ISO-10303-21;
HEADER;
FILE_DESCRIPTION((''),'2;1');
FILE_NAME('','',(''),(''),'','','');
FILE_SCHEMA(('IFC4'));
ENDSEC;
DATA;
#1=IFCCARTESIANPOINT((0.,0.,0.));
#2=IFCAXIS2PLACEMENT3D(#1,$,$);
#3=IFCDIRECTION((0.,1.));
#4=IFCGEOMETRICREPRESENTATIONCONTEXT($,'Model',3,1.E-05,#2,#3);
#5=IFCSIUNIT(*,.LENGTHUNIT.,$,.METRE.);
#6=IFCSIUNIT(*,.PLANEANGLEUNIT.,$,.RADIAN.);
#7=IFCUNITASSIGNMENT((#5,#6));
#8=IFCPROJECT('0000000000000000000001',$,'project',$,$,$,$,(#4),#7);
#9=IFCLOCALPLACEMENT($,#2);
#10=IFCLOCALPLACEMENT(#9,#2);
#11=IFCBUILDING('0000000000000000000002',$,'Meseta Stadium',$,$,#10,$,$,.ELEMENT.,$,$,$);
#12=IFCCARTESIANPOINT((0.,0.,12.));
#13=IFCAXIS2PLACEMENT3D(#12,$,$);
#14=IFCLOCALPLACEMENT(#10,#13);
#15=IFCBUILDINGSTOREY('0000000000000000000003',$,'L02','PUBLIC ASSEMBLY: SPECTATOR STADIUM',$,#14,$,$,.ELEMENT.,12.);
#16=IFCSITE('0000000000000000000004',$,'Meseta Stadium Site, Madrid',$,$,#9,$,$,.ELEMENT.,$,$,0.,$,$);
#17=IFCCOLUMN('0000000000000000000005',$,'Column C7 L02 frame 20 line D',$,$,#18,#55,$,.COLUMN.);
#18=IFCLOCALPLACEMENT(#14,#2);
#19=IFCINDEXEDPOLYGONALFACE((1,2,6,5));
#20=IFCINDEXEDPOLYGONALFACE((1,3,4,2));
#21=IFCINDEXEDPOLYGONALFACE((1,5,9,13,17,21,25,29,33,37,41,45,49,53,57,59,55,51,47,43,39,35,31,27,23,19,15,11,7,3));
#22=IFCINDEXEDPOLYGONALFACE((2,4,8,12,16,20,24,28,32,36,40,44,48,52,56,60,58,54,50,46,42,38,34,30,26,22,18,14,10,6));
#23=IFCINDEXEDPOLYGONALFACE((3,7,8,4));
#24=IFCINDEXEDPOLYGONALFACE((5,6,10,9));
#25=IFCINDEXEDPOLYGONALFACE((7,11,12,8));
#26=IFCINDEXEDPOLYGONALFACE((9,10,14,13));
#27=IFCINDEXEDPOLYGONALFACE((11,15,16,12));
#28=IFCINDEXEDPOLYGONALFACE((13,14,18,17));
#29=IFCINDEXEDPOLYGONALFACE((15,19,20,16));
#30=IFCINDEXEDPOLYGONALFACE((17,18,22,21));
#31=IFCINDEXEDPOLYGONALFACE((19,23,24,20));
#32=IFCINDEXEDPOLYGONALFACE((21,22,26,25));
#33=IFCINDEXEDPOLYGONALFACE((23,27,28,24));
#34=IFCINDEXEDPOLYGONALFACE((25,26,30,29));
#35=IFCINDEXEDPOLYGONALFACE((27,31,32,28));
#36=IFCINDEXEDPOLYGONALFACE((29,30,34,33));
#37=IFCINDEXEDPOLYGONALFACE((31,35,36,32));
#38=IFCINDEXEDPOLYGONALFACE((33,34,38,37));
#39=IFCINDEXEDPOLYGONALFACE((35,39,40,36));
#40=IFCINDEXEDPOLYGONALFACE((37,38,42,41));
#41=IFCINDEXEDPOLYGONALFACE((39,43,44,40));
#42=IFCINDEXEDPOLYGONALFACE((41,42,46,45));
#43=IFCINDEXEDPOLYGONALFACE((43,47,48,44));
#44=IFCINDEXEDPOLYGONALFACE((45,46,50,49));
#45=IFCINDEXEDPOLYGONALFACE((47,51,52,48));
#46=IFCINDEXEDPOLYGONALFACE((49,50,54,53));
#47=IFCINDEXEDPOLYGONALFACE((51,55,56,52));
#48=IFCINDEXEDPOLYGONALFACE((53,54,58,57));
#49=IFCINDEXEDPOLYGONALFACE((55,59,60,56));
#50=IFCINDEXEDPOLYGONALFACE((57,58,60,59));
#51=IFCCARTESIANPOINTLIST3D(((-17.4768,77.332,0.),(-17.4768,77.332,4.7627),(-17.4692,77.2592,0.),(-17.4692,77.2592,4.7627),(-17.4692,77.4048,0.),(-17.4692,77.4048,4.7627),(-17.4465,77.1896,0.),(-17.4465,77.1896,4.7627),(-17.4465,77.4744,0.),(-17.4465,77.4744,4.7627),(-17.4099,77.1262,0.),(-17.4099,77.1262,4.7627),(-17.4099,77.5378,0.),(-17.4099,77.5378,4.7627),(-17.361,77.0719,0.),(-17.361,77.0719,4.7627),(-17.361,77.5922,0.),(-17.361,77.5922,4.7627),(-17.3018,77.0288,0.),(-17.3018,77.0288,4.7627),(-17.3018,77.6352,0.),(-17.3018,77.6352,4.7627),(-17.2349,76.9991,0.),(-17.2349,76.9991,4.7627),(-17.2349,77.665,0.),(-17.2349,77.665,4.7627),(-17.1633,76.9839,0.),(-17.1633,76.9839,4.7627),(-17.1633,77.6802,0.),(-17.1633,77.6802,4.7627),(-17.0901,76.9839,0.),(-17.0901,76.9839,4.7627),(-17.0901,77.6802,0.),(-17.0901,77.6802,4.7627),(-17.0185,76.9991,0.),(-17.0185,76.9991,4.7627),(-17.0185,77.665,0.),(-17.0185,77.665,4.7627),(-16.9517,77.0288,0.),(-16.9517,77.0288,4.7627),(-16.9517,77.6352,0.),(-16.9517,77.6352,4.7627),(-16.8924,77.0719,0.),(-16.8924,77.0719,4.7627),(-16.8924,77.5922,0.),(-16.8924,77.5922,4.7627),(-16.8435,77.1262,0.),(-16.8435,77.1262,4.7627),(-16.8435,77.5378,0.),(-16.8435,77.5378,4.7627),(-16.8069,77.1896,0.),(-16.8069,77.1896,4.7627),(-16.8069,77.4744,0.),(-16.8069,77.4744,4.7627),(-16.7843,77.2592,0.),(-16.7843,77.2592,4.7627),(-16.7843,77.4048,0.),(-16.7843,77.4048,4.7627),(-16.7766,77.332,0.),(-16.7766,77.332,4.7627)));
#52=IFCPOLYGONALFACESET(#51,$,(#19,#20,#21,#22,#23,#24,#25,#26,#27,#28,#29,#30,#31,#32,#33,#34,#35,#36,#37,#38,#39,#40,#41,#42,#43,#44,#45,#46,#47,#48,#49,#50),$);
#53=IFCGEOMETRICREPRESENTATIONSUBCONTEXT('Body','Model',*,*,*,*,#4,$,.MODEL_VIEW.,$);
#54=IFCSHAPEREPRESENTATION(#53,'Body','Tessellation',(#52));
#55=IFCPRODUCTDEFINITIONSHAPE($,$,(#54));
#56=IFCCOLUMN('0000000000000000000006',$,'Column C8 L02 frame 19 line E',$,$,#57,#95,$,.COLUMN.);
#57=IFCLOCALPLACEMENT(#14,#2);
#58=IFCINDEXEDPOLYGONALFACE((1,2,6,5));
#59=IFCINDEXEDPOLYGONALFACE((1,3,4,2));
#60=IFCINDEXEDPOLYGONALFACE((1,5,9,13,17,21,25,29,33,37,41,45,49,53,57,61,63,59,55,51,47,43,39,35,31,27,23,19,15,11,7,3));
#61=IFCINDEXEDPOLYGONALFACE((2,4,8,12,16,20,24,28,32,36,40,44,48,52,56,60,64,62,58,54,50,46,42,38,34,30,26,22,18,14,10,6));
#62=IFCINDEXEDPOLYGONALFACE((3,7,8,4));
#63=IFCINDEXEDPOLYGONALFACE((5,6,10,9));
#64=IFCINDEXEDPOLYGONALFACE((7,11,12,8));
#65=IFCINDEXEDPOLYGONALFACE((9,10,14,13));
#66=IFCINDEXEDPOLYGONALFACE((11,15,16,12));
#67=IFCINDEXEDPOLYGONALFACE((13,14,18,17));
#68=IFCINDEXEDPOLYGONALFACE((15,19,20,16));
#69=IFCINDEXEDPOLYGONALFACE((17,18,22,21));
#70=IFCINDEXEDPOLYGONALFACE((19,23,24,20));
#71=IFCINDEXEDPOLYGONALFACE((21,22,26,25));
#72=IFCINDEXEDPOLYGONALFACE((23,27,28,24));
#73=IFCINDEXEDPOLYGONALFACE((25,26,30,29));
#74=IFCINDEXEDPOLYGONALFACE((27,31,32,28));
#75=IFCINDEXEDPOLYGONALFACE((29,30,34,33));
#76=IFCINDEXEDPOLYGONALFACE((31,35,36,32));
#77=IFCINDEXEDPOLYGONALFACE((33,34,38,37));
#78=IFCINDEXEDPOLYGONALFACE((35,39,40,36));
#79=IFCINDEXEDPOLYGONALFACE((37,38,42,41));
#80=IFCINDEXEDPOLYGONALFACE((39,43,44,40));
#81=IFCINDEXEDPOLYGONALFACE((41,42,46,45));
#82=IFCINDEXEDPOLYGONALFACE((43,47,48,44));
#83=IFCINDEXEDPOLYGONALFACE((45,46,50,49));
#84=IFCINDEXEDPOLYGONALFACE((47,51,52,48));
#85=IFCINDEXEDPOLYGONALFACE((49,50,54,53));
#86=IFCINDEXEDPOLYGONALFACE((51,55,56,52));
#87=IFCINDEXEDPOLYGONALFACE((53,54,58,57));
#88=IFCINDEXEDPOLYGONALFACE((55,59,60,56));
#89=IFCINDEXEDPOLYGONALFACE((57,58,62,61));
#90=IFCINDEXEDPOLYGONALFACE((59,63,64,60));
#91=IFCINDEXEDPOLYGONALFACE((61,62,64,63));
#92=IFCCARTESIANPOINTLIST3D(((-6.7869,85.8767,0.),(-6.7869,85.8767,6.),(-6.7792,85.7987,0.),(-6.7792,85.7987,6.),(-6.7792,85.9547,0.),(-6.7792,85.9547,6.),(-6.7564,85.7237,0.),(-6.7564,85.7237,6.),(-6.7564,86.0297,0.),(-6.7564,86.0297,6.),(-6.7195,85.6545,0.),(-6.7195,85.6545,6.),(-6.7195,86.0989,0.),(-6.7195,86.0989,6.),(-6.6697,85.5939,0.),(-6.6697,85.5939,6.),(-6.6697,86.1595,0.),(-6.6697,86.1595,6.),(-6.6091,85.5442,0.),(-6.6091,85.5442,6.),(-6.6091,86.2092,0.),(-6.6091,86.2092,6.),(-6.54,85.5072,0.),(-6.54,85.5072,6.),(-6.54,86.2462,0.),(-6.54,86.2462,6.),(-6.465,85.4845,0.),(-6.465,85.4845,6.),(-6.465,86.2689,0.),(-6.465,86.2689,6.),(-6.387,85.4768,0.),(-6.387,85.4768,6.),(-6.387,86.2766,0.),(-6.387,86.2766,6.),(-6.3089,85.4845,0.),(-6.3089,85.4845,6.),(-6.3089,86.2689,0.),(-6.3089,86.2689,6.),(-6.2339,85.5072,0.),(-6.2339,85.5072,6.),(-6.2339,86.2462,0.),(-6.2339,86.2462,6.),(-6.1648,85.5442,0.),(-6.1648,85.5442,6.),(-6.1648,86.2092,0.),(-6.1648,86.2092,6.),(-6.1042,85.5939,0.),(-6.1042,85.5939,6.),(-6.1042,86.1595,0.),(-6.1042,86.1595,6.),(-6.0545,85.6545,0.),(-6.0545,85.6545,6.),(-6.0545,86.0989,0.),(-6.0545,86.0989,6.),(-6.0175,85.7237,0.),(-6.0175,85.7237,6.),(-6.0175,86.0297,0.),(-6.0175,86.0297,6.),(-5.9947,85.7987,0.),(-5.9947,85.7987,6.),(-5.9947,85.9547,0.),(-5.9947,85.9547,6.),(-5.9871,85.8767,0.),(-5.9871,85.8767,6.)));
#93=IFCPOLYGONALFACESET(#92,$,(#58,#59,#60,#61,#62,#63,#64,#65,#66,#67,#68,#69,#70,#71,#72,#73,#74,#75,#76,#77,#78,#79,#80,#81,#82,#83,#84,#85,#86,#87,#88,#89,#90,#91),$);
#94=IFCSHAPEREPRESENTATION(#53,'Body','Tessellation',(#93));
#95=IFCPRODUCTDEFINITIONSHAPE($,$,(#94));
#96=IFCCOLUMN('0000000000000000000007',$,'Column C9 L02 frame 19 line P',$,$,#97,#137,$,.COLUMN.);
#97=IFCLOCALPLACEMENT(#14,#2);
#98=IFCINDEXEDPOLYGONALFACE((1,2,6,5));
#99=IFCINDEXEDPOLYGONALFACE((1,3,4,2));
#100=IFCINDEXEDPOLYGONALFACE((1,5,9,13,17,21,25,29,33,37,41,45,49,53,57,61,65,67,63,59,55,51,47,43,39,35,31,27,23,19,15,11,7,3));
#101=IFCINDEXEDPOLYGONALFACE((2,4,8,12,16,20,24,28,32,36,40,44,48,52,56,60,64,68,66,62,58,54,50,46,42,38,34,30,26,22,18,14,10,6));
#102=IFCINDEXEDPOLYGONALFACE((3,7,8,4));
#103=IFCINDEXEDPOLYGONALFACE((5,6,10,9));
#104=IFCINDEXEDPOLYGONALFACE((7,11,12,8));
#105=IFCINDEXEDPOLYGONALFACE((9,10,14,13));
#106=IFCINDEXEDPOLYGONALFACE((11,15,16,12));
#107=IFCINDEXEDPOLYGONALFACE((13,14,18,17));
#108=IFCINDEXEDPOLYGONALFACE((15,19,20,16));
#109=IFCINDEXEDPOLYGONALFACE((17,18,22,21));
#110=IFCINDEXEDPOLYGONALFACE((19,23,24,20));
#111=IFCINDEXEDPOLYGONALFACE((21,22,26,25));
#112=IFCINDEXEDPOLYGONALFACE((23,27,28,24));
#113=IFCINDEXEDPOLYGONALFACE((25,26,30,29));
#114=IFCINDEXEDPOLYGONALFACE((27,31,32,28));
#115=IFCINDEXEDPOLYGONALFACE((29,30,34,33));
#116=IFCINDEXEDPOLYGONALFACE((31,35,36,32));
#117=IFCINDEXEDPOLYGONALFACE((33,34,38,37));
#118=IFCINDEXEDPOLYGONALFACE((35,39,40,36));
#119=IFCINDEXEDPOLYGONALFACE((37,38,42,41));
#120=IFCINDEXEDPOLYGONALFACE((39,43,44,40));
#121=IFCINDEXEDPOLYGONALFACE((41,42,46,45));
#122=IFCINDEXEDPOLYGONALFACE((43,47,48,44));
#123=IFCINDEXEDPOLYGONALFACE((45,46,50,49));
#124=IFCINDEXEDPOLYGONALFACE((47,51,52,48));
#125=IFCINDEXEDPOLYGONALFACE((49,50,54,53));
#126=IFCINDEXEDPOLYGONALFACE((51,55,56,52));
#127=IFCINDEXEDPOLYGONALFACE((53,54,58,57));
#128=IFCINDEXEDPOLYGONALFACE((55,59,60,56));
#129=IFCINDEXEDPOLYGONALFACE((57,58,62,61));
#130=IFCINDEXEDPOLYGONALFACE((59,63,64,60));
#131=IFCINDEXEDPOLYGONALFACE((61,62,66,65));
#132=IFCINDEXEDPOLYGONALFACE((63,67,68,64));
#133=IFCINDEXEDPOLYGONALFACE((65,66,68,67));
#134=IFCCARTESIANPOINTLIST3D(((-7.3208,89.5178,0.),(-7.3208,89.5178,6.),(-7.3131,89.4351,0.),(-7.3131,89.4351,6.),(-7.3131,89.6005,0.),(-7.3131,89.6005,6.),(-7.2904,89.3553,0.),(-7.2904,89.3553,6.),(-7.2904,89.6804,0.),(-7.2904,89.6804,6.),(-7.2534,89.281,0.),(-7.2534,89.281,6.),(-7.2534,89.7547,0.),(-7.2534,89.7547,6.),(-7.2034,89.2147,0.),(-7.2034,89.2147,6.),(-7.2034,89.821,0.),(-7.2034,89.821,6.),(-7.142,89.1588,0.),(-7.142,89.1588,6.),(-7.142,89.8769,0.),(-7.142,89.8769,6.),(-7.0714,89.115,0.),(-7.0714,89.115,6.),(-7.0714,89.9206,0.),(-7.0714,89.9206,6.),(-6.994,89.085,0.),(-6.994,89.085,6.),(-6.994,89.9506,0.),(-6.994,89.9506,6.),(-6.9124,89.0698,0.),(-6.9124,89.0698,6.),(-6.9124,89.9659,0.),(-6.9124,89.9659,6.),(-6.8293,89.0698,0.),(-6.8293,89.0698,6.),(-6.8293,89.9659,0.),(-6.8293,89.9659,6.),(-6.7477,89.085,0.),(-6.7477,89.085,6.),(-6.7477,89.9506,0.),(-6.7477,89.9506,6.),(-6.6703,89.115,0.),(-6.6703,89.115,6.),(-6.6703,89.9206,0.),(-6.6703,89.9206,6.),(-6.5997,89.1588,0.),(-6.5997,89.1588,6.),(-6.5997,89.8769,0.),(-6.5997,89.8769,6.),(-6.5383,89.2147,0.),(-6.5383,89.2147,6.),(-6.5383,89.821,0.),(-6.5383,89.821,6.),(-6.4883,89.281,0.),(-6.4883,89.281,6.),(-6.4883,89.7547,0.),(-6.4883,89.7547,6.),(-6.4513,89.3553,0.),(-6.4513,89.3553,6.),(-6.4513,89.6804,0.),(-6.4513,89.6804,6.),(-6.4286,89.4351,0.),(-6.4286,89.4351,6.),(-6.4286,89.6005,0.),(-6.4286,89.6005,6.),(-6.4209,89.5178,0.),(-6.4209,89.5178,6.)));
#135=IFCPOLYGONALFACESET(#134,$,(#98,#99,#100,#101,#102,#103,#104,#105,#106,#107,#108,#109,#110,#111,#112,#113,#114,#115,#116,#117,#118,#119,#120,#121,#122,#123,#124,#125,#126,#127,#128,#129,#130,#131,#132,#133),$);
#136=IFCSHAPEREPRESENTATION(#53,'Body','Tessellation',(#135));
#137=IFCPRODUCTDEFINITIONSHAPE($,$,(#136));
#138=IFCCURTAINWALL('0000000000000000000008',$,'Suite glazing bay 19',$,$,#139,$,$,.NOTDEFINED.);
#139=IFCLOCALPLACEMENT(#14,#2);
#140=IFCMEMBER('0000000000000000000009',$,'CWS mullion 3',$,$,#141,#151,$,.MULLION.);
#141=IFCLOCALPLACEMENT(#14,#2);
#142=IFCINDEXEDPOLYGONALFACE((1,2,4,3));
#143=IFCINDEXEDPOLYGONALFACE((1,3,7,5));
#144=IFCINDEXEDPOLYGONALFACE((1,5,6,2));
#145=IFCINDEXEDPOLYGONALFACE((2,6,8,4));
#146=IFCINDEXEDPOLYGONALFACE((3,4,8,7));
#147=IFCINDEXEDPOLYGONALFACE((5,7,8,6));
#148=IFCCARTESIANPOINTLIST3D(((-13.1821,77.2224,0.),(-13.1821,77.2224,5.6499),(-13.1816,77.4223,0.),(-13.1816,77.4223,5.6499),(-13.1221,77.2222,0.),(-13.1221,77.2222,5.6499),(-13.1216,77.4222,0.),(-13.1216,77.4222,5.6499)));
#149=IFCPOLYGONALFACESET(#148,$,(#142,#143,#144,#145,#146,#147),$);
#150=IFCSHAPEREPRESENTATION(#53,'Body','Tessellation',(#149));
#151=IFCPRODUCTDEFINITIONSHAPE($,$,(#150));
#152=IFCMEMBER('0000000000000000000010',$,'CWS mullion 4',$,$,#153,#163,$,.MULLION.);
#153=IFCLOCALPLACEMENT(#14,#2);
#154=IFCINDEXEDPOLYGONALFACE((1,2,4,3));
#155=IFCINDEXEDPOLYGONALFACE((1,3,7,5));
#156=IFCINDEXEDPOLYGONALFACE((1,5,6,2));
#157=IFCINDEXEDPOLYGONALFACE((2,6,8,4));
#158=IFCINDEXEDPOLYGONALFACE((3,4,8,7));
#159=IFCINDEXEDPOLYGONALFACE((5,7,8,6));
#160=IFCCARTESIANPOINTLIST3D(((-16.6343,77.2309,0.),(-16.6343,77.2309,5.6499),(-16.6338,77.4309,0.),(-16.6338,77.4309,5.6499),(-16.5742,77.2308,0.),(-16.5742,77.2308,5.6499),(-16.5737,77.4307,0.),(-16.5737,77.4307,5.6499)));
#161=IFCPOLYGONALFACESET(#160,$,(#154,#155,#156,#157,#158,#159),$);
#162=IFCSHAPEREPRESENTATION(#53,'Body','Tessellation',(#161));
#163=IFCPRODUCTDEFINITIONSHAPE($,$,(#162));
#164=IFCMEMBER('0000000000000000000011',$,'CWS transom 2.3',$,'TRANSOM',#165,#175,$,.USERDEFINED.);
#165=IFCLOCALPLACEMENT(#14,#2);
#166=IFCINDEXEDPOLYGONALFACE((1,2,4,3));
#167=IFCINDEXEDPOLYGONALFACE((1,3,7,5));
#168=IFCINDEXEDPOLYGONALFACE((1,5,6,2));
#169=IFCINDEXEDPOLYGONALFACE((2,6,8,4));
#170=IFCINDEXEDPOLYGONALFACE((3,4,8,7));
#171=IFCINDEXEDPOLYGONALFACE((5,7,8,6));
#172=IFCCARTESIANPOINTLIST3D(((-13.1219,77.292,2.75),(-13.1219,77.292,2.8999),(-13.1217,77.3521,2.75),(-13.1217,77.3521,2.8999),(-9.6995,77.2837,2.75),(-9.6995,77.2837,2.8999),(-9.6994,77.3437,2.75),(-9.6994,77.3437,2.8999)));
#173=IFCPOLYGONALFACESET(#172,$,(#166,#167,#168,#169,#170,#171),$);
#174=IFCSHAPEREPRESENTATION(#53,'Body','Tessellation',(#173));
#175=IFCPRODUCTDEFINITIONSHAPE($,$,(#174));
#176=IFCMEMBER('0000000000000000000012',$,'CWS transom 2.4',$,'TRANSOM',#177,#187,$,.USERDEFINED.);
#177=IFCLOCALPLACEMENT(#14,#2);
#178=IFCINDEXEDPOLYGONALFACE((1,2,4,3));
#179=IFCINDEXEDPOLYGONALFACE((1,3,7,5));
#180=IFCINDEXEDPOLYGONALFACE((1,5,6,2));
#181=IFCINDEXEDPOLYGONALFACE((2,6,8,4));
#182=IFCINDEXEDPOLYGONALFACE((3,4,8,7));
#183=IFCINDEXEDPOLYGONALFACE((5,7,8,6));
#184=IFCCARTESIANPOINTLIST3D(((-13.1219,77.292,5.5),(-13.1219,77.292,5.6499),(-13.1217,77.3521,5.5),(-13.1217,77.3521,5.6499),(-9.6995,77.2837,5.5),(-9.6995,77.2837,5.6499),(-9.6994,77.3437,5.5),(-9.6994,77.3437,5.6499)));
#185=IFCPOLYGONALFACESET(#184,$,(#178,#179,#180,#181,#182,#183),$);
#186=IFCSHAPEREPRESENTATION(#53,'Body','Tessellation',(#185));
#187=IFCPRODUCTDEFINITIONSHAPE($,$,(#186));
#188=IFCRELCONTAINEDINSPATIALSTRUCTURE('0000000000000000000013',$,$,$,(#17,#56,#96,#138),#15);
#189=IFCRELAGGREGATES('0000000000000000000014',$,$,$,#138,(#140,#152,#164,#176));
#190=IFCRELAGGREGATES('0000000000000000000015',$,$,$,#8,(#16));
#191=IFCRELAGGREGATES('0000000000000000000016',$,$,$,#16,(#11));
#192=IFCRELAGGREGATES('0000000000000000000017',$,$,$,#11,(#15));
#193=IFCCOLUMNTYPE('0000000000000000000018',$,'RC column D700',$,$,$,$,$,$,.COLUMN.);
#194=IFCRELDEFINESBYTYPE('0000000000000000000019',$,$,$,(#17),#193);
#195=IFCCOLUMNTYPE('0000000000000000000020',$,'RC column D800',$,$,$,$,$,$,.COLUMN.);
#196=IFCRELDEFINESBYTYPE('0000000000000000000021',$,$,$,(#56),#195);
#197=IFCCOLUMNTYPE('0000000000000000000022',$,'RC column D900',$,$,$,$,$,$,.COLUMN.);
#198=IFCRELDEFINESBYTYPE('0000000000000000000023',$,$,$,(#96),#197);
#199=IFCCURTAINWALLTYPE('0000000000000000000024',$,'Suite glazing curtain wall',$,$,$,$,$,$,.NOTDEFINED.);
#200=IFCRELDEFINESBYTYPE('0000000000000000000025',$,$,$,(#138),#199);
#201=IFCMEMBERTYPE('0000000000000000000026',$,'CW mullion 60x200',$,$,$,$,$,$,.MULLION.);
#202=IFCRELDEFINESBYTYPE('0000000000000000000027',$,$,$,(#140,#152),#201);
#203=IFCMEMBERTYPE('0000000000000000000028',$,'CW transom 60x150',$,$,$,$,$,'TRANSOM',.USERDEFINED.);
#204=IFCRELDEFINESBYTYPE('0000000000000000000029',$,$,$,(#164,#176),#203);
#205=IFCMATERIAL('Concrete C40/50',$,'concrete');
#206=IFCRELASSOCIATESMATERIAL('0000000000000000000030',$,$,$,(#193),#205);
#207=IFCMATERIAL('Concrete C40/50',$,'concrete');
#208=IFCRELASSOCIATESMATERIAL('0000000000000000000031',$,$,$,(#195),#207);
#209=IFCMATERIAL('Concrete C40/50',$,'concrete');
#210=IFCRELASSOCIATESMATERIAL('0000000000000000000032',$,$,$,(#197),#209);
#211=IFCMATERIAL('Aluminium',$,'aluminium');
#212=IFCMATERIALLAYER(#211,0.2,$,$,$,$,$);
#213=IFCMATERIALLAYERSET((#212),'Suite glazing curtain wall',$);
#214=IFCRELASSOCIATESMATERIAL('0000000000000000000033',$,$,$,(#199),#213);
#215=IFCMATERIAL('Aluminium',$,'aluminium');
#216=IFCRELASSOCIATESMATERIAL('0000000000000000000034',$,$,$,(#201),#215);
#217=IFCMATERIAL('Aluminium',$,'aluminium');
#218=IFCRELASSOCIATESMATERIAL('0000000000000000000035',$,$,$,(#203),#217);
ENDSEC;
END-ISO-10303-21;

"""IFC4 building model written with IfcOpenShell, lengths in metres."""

from ifc_helpers import new_model, si_unit, direction, frame, origin, origin_2d, place, context, subcontext, project, spatial, rectangle, circle, extrude, material, layer, layer_set, material_profile, profile_set, type_object, element, aggregate, save


model = new_model("IFC4")

# Units and contexts
model_context = context("Model", 3, precision=1e-05, world=origin(), true_north=direction((0.0, 1.0)))
body_context = subcontext(model_context, "Body", "Model", "MODEL_VIEW")
ifc_project = project(units=[si_unit("LENGTHUNIT", "METRE"), si_unit("PLANEANGLEUNIT", "RADIAN")], contexts=[model_context])

# Site, building, storey
site_placement = place(None, origin())
site = spatial("IfcSite", under=ifc_project, at=site_placement, Name="Meseta Stadium Site, Madrid", CompositionType="ELEMENT", RefElevation=0.0)
building_placement = place(site_placement, origin())
building = spatial("IfcBuilding", under=site, at=building_placement, Name="Meseta Stadium", CompositionType="ELEMENT")
storey_placement = place(building_placement, frame((0.0, 0.0, 12.0)))
storey = spatial("IfcBuildingStorey", under=building, at=storey_placement, Name="L02", Description="PUBLIC ASSEMBLY: SPECTATOR STADIUM", CompositionType="ELEMENT", Elevation=12.0)

# Columns
ifc_material_1 = material(Name="Concrete C40/50", Category="concrete")
ifc_material_profile_1 = material_profile(ifc_material_1, circle(Radius=0.3501, at=origin_2d()), Name="RC D700")
ifc_profile_set_1 = profile_set([ifc_material_profile_1], Name="Concrete C40/50")
column_type_1 = type_object("IfcColumnType", Name="RC column D700", PredefinedType="COLUMN", material=ifc_profile_set_1)
column_1_placement = place(storey_placement, frame((-17.1267, 77.332, 0.0), z_axis=(0.0, 0.0, 1.0), x_axis=(1.0, 0.0, 0.0)))
element("IfcColumn", 1, at=column_1_placement, inside=storey, type_object=column_type_1, Name="Column C7 L02 frame 20 line D", PredefinedType="COLUMN", context=body_context, shape_type="SweptSolid", body=[
    extrude(circle(Radius=0.3501, at=origin_2d()), origin(), (0.0, 0.0, 1.0), 4.7627),
])
ifc_material_2 = material(Name="Concrete C40/50", Category="concrete")
ifc_material_profile_2 = material_profile(ifc_material_2, circle(Radius=0.3999, at=origin_2d()), Name="RC D800")
ifc_profile_set_2 = profile_set([ifc_material_profile_2], Name="Concrete C40/50")
column_type_2 = type_object("IfcColumnType", Name="RC column D800", PredefinedType="COLUMN", material=ifc_profile_set_2)
column_2_placement = place(storey_placement, frame((-6.387, 85.8767, 0.0), z_axis=(0.0, 0.0, 1.0), x_axis=(1.0, 0.0, 0.0)))
element("IfcColumn", 2, at=column_2_placement, inside=storey, type_object=column_type_2, Name="Column C8 L02 frame 19 line E", PredefinedType="COLUMN", context=body_context, shape_type="SweptSolid", body=[
    extrude(circle(Radius=0.3999, at=origin_2d()), origin(), (0.0, 0.0, 1.0), 6.0),
])
ifc_material_3 = material(Name="Concrete C40/50", Category="concrete")
ifc_material_profile_3 = material_profile(ifc_material_3, circle(Radius=0.45, at=origin_2d()), Name="RC D900")
ifc_profile_set_3 = profile_set([ifc_material_profile_3], Name="Concrete C40/50")
column_type_3 = type_object("IfcColumnType", Name="RC column D900", PredefinedType="COLUMN", material=ifc_profile_set_3)
column_3_placement = place(storey_placement, frame((-6.8708, 89.5178, 0.0), z_axis=(0.0, 0.0, 1.0), x_axis=(1.0, 0.0, 0.0)))
element("IfcColumn", 3, at=column_3_placement, inside=storey, type_object=column_type_3, Name="Column C9 L02 frame 19 line P", PredefinedType="COLUMN", context=body_context, shape_type="SweptSolid", body=[
    extrude(circle(Radius=0.45, at=origin_2d()), origin(), (0.0, 0.0, 1.0), 6.0),
])

# Curtain wall, members
ifc_material_4 = material(Name="Aluminium", Category="aluminium")
ifc_layer_1 = layer(ifc_material_4, 0.2)
ifc_layer_set_1 = layer_set([ifc_layer_1], Name="Suite glazing curtain wall")
curtain_wall_type = type_object("IfcCurtainWallType", Name="Suite glazing curtain wall", PredefinedType="NOTDEFINED", material=ifc_layer_set_1)
curtain_wall_placement = place(storey_placement, origin())
curtain_wall = element("IfcCurtainWall", 4, at=curtain_wall_placement, inside=storey, type_object=curtain_wall_type, Name="Suite glazing bay 19", PredefinedType="NOTDEFINED")
ifc_material_5 = material(Name="Aluminium", Category="aluminium")
ifc_material_profile_4 = material_profile(ifc_material_5, rectangle(XDim=0.2, YDim=0.0601, at=origin_2d()), Name="CW 200x60")
ifc_profile_set_4 = profile_set([ifc_material_profile_4], Name="Aluminium")
member_type_1 = type_object("IfcMemberType", Name="CW mullion 60x200", PredefinedType="MULLION", material=ifc_profile_set_4)
member_1_placement = place(storey_placement, frame((-13.1519, 77.3223, 0.0), z_axis=(0.0, 0.0, 1.0), x_axis=(-0.002486, -0.999997, 0.0)))
member_1 = element("IfcMember", 5, at=member_1_placement, type_object=member_type_1, Name="CWS mullion 3", PredefinedType="MULLION", context=body_context, shape_type="SweptSolid", body=[
    extrude(rectangle(XDim=0.2, YDim=0.0601, at=origin_2d()), origin(), (0.0, 0.0, 1.0), 5.6499),
])
member_2_placement = place(storey_placement, frame((-16.604, 77.3308, 0.0), z_axis=(0.0, 0.0, 1.0), x_axis=(-0.002486, -0.999997, 0.0)))
member_2 = element("IfcMember", 6, at=member_2_placement, type_object=member_type_1, Name="CWS mullion 4", PredefinedType="MULLION", context=body_context, shape_type="SweptSolid", body=[
    extrude(rectangle(XDim=0.2, YDim=0.0601, at=origin_2d()), origin(), (0.0, 0.0, 1.0), 5.6499),
])
ifc_material_6 = material(Name="Aluminium", Category="aluminium")
ifc_material_profile_5 = material_profile(ifc_material_6, rectangle(XDim=0.0601, YDim=0.1499, at=origin_2d()), Name="CW 60x150")
ifc_profile_set_5 = profile_set([ifc_material_profile_5], Name="Aluminium")
member_type_2 = type_object("IfcMemberType", Name="CW transom 60x150", ElementType="TRANSOM", PredefinedType="USERDEFINED", material=ifc_profile_set_5)
member_3_placement = place(storey_placement, frame((-9.6995, 77.3137, 2.825), z_axis=(-0.999997, 0.002425, 0.0), x_axis=(-0.002425, -0.999997, 0.0)))
member_3 = element("IfcMember", 7, at=member_3_placement, type_object=member_type_2, Name="CWS transom 2.3", ObjectType="TRANSOM", PredefinedType="USERDEFINED", context=body_context, shape_type="SweptSolid", body=[
    extrude(rectangle(XDim=0.0601, YDim=0.1499, at=origin_2d()), origin(), (0.0, 0.0, 1.0), 3.4224),
])
member_4_placement = place(storey_placement, frame((-9.6995, 77.3137, 5.575), z_axis=(-0.999997, 0.002425, 0.0), x_axis=(-0.002425, -0.999997, 0.0)))
member_4 = element("IfcMember", 8, at=member_4_placement, type_object=member_type_2, Name="CWS transom 2.4", ObjectType="TRANSOM", PredefinedType="USERDEFINED", context=body_context, shape_type="SweptSolid", body=[
    extrude(rectangle(XDim=0.0601, YDim=0.1499, at=origin_2d()), origin(), (0.0, 0.0, 1.0), 3.4224),
])

aggregate(curtain_wall, [member_1, member_2, member_3, member_4])

save(model, "model.ifc")
